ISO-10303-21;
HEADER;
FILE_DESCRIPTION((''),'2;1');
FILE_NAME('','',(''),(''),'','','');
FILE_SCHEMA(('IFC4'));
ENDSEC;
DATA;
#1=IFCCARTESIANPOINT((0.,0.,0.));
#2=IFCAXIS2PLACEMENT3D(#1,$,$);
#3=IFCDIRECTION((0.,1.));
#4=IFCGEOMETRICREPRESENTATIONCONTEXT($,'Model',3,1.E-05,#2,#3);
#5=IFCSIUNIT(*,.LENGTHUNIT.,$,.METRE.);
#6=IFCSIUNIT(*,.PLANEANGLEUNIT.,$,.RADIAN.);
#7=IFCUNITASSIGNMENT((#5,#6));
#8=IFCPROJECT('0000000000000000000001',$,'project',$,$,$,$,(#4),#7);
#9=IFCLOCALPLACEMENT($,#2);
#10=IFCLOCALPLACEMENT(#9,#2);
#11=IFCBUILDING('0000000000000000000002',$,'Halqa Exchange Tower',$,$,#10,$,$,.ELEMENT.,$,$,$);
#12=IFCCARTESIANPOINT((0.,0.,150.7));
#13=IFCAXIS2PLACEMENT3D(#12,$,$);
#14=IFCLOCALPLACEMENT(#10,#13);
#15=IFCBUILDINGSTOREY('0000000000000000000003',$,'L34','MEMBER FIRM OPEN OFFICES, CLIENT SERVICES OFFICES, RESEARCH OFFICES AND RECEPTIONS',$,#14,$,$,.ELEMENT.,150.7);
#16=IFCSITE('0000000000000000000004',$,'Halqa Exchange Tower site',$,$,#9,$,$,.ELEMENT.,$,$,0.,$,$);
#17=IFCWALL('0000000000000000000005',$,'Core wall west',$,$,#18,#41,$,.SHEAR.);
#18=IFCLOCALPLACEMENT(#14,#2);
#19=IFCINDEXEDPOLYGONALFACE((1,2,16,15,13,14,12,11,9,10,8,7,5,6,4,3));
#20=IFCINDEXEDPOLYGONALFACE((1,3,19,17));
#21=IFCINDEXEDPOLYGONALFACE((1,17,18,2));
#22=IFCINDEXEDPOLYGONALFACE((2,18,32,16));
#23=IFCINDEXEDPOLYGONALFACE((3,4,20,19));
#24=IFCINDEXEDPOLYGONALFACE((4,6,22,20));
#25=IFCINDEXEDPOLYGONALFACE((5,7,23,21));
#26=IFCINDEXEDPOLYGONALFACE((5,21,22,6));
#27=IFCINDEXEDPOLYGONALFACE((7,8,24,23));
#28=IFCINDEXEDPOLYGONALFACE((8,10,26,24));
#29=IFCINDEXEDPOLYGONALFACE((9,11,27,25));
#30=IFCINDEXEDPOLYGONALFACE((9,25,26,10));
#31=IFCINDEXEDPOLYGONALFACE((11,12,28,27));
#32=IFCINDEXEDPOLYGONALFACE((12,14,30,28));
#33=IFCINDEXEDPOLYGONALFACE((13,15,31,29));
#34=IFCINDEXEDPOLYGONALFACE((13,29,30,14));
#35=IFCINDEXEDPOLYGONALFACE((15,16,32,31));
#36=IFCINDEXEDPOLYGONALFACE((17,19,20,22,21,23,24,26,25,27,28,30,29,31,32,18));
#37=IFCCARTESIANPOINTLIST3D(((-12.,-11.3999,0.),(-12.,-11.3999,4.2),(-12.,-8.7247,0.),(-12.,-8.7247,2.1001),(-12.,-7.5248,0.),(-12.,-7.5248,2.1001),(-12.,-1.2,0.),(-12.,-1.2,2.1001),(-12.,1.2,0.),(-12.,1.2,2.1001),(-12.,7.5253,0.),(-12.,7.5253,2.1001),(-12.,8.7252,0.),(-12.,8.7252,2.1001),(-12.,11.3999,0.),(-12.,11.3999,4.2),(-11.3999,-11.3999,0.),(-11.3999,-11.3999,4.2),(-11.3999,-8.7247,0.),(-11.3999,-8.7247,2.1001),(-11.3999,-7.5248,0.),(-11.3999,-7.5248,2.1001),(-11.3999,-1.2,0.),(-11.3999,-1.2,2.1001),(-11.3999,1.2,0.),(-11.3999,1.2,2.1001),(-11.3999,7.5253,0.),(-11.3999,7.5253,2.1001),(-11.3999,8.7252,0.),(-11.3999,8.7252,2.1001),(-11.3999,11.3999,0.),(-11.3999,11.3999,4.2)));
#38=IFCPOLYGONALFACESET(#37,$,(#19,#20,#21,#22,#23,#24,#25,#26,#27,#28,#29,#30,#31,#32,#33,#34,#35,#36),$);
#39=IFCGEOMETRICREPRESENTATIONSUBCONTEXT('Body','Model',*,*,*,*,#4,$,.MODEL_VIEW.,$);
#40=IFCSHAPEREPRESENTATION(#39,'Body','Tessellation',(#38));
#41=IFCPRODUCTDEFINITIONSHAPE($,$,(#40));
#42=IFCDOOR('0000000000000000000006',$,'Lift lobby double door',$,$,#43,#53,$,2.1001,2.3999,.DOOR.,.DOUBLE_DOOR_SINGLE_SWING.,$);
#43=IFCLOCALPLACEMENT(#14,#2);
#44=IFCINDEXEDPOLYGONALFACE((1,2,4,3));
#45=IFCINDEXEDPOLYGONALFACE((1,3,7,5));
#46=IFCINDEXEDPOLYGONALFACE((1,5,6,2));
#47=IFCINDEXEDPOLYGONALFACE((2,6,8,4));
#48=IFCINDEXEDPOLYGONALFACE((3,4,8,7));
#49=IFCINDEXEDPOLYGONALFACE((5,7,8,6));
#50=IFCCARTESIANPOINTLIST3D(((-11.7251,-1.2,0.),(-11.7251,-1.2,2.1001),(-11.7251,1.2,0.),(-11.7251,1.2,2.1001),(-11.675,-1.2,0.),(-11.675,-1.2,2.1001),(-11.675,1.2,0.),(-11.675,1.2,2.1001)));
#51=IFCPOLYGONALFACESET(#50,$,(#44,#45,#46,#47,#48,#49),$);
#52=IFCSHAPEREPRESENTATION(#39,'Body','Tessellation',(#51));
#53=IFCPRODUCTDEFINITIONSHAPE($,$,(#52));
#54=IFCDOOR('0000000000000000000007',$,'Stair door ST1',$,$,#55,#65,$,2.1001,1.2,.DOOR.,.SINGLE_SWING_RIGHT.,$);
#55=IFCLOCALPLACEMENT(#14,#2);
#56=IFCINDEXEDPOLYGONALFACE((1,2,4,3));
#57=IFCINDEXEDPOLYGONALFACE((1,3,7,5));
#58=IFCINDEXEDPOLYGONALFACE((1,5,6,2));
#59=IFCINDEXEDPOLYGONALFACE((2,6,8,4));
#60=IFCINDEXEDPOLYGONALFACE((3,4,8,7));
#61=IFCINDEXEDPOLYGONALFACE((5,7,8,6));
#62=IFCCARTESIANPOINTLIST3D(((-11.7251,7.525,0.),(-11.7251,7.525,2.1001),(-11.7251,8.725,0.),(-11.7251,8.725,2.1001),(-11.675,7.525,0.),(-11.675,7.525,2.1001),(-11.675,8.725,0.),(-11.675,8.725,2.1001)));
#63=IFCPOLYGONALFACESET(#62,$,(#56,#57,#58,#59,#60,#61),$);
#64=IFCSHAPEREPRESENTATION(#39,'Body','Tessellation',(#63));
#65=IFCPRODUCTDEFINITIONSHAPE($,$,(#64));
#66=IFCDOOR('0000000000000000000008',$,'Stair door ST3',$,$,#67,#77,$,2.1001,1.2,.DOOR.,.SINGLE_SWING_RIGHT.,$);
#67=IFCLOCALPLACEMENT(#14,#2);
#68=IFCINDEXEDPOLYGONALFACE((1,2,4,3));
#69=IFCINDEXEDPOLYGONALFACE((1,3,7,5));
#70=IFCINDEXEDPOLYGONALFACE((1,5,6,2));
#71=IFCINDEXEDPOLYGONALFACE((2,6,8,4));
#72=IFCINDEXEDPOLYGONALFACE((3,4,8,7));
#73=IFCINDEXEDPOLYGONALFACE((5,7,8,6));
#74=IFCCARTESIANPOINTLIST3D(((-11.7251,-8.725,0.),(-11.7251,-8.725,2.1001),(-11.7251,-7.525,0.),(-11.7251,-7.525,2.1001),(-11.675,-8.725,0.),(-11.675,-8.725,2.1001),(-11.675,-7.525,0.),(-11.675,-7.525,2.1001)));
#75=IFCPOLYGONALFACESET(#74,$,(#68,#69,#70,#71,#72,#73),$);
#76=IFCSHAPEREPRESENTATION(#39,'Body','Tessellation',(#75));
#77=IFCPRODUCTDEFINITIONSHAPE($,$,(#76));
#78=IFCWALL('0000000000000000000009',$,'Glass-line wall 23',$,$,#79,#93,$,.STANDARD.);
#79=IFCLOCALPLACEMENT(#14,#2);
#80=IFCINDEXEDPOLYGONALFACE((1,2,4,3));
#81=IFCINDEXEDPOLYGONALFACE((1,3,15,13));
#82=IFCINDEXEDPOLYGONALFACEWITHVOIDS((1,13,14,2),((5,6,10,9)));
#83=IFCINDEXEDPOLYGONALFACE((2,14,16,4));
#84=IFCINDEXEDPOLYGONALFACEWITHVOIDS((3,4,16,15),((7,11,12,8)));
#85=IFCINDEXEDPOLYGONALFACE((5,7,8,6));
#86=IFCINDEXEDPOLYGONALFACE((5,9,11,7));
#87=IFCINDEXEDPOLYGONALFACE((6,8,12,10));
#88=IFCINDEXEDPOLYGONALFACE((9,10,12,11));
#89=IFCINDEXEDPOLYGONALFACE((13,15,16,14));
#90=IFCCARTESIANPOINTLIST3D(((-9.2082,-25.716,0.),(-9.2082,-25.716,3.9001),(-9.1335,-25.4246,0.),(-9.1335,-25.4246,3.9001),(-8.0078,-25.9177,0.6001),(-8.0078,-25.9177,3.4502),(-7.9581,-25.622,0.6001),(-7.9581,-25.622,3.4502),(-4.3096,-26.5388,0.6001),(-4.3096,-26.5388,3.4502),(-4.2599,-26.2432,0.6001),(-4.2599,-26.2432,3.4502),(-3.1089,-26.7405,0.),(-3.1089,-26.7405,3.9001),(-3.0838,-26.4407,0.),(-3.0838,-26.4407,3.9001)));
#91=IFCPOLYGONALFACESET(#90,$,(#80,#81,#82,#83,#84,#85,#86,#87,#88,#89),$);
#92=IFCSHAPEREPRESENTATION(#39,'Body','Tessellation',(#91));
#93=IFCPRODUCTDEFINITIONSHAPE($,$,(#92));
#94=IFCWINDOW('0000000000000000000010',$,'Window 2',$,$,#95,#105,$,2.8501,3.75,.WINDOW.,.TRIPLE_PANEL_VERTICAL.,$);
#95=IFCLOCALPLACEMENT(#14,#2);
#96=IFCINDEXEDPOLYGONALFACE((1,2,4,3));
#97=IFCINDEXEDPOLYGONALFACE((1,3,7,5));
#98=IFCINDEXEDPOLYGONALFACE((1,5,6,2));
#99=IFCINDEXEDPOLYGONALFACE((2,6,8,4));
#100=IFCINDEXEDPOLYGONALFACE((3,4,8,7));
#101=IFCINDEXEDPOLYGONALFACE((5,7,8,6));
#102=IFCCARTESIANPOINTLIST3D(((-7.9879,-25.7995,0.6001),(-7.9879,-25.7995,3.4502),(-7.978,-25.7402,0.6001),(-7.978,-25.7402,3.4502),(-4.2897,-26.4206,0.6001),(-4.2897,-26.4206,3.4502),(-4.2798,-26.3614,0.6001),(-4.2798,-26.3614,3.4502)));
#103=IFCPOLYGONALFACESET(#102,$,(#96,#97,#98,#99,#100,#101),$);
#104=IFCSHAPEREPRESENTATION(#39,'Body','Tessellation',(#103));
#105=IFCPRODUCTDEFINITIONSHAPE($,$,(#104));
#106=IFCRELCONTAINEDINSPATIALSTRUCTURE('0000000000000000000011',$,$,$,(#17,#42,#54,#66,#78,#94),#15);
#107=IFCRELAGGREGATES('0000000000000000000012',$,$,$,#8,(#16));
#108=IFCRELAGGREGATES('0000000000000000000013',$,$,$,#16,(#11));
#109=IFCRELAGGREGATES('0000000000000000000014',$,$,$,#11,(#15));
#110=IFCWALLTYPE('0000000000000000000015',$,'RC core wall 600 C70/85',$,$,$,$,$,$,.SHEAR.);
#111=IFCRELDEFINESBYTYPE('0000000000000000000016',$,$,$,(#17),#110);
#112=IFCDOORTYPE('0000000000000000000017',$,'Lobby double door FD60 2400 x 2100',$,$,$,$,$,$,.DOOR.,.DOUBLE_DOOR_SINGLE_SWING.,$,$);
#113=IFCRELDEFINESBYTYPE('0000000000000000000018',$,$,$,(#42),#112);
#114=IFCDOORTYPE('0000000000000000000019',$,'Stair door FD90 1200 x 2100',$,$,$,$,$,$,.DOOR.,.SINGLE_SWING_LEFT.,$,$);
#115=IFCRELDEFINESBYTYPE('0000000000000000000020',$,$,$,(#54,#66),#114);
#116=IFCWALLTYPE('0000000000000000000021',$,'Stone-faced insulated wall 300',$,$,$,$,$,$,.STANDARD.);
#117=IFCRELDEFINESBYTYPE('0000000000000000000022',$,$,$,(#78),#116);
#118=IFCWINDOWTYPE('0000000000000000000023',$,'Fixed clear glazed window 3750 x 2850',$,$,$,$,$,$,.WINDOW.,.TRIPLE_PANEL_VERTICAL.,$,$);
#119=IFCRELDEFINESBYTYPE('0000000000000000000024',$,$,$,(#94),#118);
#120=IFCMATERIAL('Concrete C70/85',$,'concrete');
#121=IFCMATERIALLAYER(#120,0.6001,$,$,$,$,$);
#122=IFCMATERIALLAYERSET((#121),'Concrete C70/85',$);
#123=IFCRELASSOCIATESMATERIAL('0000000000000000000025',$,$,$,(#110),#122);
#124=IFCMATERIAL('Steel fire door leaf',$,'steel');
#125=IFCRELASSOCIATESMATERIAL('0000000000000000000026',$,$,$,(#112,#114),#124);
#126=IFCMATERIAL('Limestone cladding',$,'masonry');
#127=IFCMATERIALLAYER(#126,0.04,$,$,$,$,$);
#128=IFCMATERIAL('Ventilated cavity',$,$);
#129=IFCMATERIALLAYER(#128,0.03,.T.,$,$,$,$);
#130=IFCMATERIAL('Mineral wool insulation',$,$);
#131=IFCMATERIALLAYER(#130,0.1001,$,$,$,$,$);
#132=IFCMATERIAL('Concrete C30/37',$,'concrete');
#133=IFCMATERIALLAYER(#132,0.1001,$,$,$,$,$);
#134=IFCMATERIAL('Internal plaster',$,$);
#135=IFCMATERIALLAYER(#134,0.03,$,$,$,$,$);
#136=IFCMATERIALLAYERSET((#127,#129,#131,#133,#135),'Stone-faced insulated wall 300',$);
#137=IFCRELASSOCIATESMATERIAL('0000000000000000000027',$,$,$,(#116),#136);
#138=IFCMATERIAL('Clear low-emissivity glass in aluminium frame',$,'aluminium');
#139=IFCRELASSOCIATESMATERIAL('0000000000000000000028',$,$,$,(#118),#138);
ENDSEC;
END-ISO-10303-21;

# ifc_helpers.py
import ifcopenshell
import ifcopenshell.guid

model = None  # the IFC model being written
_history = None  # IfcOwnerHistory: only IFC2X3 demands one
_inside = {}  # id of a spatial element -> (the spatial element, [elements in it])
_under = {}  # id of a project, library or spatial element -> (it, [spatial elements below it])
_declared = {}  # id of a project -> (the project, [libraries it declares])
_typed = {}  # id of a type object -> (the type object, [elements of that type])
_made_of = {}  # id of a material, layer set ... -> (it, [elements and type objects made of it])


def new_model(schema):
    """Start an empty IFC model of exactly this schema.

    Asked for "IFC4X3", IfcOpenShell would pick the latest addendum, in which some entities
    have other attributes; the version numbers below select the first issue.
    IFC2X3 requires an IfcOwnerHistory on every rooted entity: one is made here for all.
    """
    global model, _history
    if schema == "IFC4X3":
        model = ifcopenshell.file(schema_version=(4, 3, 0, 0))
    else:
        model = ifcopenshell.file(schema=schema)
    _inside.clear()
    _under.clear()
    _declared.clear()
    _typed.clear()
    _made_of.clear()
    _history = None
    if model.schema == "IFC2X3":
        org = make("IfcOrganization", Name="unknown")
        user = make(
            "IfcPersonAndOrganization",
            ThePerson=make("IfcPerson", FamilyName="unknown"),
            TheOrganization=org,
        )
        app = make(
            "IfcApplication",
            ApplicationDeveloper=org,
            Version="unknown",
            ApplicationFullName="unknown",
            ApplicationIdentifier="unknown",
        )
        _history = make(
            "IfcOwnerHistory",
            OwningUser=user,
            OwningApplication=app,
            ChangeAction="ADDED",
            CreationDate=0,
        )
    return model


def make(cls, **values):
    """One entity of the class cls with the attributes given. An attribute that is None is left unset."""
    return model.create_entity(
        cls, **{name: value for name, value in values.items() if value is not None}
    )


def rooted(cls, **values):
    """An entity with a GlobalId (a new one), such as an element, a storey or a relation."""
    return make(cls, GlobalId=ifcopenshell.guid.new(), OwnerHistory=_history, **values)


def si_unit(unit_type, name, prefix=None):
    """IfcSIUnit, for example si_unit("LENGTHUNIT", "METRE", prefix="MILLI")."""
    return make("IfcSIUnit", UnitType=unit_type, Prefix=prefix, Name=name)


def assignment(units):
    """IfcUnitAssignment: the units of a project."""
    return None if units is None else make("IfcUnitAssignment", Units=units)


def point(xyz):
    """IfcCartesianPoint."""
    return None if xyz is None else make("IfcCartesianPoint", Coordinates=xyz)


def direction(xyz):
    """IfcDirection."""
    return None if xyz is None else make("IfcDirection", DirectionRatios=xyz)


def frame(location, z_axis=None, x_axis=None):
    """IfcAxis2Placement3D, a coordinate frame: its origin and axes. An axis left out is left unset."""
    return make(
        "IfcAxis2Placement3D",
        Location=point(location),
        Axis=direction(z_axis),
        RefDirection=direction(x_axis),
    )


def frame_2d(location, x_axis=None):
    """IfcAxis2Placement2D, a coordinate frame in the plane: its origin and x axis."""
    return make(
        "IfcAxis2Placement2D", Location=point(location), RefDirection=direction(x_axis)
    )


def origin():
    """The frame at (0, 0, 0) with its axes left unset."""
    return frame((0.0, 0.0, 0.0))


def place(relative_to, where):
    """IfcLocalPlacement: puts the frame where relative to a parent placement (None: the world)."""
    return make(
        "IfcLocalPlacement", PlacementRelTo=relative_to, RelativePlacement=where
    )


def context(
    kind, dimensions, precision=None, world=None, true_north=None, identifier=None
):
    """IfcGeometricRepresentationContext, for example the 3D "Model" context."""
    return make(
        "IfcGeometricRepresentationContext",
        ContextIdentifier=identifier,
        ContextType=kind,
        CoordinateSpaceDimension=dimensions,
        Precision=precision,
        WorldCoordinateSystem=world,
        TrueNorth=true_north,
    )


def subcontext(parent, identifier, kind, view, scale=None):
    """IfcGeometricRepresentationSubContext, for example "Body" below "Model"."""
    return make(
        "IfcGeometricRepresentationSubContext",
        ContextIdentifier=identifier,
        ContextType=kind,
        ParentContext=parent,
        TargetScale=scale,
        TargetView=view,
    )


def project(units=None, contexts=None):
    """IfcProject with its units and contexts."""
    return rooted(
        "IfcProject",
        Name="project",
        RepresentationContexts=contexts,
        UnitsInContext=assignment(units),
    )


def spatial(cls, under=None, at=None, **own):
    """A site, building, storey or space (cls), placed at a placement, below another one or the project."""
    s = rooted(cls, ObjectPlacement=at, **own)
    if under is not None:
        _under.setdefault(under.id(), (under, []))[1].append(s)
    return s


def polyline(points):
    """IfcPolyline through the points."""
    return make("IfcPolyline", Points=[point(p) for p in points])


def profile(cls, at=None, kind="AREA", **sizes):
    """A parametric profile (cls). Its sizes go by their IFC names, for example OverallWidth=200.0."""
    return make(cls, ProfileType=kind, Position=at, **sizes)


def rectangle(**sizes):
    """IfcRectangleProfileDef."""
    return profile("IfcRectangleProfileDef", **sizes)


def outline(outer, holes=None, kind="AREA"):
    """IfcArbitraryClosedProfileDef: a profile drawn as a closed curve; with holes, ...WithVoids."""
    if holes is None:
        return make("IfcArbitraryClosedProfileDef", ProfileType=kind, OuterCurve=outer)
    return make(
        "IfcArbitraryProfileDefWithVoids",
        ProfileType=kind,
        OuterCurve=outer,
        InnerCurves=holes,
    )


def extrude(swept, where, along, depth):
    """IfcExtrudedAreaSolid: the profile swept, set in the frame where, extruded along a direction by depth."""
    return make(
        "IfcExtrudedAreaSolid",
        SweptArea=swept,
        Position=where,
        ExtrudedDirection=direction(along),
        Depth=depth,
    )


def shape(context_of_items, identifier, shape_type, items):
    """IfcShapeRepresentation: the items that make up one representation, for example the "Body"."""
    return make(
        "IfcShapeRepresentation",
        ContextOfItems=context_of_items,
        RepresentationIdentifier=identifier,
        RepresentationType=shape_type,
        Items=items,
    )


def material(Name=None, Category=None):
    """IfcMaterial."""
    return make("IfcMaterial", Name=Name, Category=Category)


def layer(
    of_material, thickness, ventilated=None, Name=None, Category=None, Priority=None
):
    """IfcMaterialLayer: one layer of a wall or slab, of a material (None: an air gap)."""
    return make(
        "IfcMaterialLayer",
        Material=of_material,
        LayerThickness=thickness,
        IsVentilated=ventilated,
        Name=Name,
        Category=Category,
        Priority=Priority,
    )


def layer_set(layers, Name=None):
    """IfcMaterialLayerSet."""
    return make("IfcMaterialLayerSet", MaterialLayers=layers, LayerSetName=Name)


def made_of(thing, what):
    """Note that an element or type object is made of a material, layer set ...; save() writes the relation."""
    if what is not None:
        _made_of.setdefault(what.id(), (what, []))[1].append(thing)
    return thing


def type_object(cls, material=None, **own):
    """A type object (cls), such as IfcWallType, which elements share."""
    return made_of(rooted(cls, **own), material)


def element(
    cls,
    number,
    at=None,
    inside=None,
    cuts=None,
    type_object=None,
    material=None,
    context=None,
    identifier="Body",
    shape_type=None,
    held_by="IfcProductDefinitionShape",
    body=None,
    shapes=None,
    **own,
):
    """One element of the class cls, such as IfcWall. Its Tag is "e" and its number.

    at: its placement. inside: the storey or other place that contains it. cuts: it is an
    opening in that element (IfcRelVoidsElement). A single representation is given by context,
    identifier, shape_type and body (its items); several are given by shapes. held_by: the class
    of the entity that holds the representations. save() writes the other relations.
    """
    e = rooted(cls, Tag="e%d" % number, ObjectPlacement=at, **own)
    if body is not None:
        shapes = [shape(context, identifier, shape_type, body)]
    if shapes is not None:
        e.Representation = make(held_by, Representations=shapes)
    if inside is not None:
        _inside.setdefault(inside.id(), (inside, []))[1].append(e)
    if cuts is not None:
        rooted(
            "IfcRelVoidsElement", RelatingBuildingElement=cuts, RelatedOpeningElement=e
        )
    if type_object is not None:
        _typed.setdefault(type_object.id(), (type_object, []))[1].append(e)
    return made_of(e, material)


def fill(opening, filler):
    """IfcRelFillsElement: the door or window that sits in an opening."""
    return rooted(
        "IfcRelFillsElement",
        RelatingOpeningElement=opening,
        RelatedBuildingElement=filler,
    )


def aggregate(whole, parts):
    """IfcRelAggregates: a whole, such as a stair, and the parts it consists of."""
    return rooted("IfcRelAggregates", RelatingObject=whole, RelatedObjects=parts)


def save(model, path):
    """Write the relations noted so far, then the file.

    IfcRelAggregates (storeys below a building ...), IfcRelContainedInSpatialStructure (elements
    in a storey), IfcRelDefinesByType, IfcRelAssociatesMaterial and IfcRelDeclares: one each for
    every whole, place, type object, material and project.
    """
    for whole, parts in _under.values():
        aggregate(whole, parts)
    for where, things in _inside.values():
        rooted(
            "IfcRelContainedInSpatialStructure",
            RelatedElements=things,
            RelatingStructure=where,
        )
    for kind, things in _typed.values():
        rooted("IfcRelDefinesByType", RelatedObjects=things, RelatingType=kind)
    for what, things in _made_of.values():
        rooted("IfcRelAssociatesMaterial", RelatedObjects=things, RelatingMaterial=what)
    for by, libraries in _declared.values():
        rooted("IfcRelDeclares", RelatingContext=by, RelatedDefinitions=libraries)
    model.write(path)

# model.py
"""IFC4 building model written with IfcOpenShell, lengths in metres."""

from ifc_helpers import new_model, si_unit, direction, frame, frame_2d, origin, place, context, subcontext, project, spatial, polyline, rectangle, outline, extrude, material, layer, layer_set, type_object, element, fill, save


model = new_model("IFC4")

# Units and contexts
model_context = context("Model", 3, precision=1e-05, world=origin(), true_north=direction((0.0, 1.0)))
body_context = subcontext(model_context, "Body", "Model", "MODEL_VIEW")
ifc_project = project(units=[si_unit("LENGTHUNIT", "METRE"), si_unit("PLANEANGLEUNIT", "RADIAN")], contexts=[model_context])

# Site, building, storey
site_placement = place(None, origin())
site = spatial("IfcSite", under=ifc_project, at=site_placement, Name="Halqa Exchange Tower site", CompositionType="ELEMENT", RefElevation=0.0)
building_placement = place(site_placement, origin())
building = spatial("IfcBuilding", under=site, at=building_placement, Name="Halqa Exchange Tower", CompositionType="ELEMENT")
storey_placement = place(building_placement, frame((0.0, 0.0, 150.7)))
storey = spatial("IfcBuildingStorey", under=building, at=storey_placement, Name="L34", Description="MEMBER FIRM OPEN OFFICES, CLIENT SERVICES OFFICES, RESEARCH OFFICES AND RECEPTIONS", CompositionType="ELEMENT", Elevation=150.7)

# Shared definitions
ifc_material_1 = material(Name="Concrete C70/85", Category="concrete")

# Wall, openings, doors
ifc_layer_1 = layer(ifc_material_1, 0.6001)
ifc_layer_set_1 = layer_set([ifc_layer_1], Name="Concrete C70/85")
wall_type_1 = type_object("IfcWallType", Name="RC core wall 600 C70/85", PredefinedType="SHEAR", material=ifc_layer_set_1)
wall_1_placement = place(storey_placement, frame((-11.7, -11.3999, 0.0), z_axis=(0.0, 0.0, 1.0), x_axis=(0.0, 1.0, 0.0)))
wall_1 = element("IfcWall", 1, at=wall_1_placement, inside=storey, type_object=wall_type_1, Name="Core wall west", PredefinedType="SHEAR", context=body_context, shape_type="SweptSolid", body=[
    extrude(rectangle(XDim=22.7998, YDim=0.6001, at=frame_2d((11.3999, 0.0))), origin(), (0.0, 0.0, 1.0), 4.2),
])
opening_1_placement = place(wall_1_placement, frame((10.2, 0.0, 0.0)))
opening_1 = element("IfcOpeningElement", 2, at=opening_1_placement, cuts=wall_1, PredefinedType="OPENING", context=body_context, shape_type="SweptSolid", body=[
    extrude(rectangle(XDim=2.3999, YDim=2.1001, at=frame_2d((1.2, 1.05))), frame((0.0, 0.312, 0.0), z_axis=(0.0, -1.0, 0.0), x_axis=(1.0, 0.0, 0.0)), (0.0, 0.0, 1.0), 0.624),
])
opening_2_placement = place(wall_1_placement, frame((18.925, 0.0, 0.0)))
opening_2 = element("IfcOpeningElement", 3, at=opening_2_placement, cuts=wall_1, PredefinedType="OPENING", context=body_context, shape_type="SweptSolid", body=[
    extrude(rectangle(XDim=1.2, YDim=2.1001, at=frame_2d((0.6001, 1.05))), frame((0.0, 0.312, 0.0), z_axis=(0.0, -1.0, 0.0), x_axis=(1.0, 0.0, 0.0)), (0.0, 0.0, 1.0), 0.624),
])
opening_3_placement = place(wall_1_placement, frame((2.675, 0.0, 0.0)))
opening_3 = element("IfcOpeningElement", 4, at=opening_3_placement, cuts=wall_1, PredefinedType="OPENING", context=body_context, shape_type="SweptSolid", body=[
    extrude(rectangle(XDim=1.2, YDim=2.1001, at=frame_2d((0.6001, 1.05))), frame((0.0, 0.312, 0.0), z_axis=(0.0, -1.0, 0.0), x_axis=(1.0, 0.0, 0.0)), (0.0, 0.0, 1.0), 0.624),
])
ifc_material_2 = material(Name="Steel fire door leaf", Category="steel")
door_type_1 = type_object("IfcDoorType", Name="Lobby double door FD60 2400 x 2100", OperationType="DOUBLE_DOOR_SINGLE_SWING", PredefinedType="DOOR", material=ifc_material_2)
door_1_placement = place(opening_1_placement, frame((2.3999, 0.0, 0.0), z_axis=(0.0, 0.0, 1.0), x_axis=(-1.0, 0.0, 0.0)))
door_1 = element("IfcDoor", 5, at=door_1_placement, inside=storey, type_object=door_type_1, Name="Lift lobby double door", OperationType="DOUBLE_DOOR_SINGLE_SWING", OverallHeight=2.1001, OverallWidth=2.3999, PredefinedType="DOOR", context=body_context, shape_type="SweptSolid", body=[
    extrude(rectangle(XDim=2.3999, YDim=2.1001, at=frame_2d((1.2, 1.05))), frame((0.0, 0.0249, 0.0), z_axis=(0.0, -1.0, 0.0), x_axis=(1.0, 0.0, 0.0)), (0.0, 0.0, 1.0), 0.05),
])
fill(opening_1, door_1)
door_type_2 = type_object("IfcDoorType", Name="Stair door FD90 1200 x 2100", OperationType="SINGLE_SWING_LEFT", PredefinedType="DOOR", material=ifc_material_2)
door_2_placement = place(opening_2_placement, frame((1.2, 0.0, 0.0), z_axis=(0.0, 0.0, 1.0), x_axis=(-1.0, 0.0, 0.0)))
door_2 = element("IfcDoor", 6, at=door_2_placement, inside=storey, type_object=door_type_2, Name="Stair door ST1", OperationType="SINGLE_SWING_RIGHT", OverallHeight=2.1001, OverallWidth=1.2, PredefinedType="DOOR", context=body_context, shape_type="SweptSolid", body=[
    extrude(rectangle(XDim=1.2, YDim=2.1001, at=frame_2d((0.6001, 1.05))), frame((0.0, 0.0249, 0.0), z_axis=(0.0, -1.0, 0.0), x_axis=(1.0, 0.0, 0.0)), (0.0, 0.0, 1.0), 0.05),
])
fill(opening_2, door_2)
door_3_placement = place(opening_3_placement, frame((1.2, 0.0, 0.0), z_axis=(0.0, 0.0, 1.0), x_axis=(-1.0, 0.0, 0.0)))
door_3 = element("IfcDoor", 7, at=door_3_placement, inside=storey, type_object=door_type_2, Name="Stair door ST3", OperationType="SINGLE_SWING_RIGHT", OverallHeight=2.1001, OverallWidth=1.2, PredefinedType="DOOR", context=body_context, shape_type="SweptSolid", body=[
    extrude(rectangle(XDim=1.2, YDim=2.1001, at=frame_2d((0.6001, 1.05))), frame((0.0, 0.0249, 0.0), z_axis=(0.0, -1.0, 0.0), x_axis=(1.0, 0.0, 0.0)), (0.0, 0.0, 1.0), 0.05),
])
fill(opening_3, door_3)

# Wall, opening, window
ifc_material_3 = material(Name="Limestone cladding", Category="masonry")
ifc_layer_2 = layer(ifc_material_3, 0.04)
ifc_material_4 = material(Name="Ventilated cavity")
ifc_layer_3 = layer(ifc_material_4, 0.03, ventilated=True)
ifc_material_5 = material(Name="Mineral wool insulation")
ifc_layer_4 = layer(ifc_material_5, 0.1001)
ifc_material_6 = material(Name="Concrete C30/37", Category="concrete")
ifc_layer_5 = layer(ifc_material_6, 0.1001)
ifc_material_7 = material(Name="Internal plaster")
ifc_layer_6 = layer(ifc_material_7, 0.03)
ifc_layer_set_2 = layer_set([ifc_layer_2, ifc_layer_3, ifc_layer_4, ifc_layer_5, ifc_layer_6], Name="Stone-faced insulated wall 300")
wall_type_2 = type_object("IfcWallType", Name="Stone-faced insulated wall 300", PredefinedType="STANDARD", material=ifc_layer_set_2)
wall_2_placement = place(storey_placement, frame((-9.1709, -25.5703, 0.0), z_axis=(0.0, 0.0, 1.0), x_axis=(0.986186, -0.165639, 0.0)))
wall_2 = element("IfcWall", 8, at=wall_2_placement, inside=storey, type_object=wall_type_2, Name="Glass-line wall 23", PredefinedType="STANDARD", context=body_context, shape_type="SweptSolid", body=[
    extrude(outline(polyline([(-0.0127, -0.1499), (6.1721, -0.1499), (6.1472, 0.1499), (0.0127, 0.1499), (-0.0127, -0.1499)])), origin(), (0.0, 0.0, 1.0), 3.9001),
])
opening_4_placement = place(wall_2_placement, frame((1.2046, 0.0, 0.6001)))
opening_4 = element("IfcOpeningElement", 9, at=opening_4_placement, cuts=wall_2, PredefinedType="OPENING", context=body_context, shape_type="SweptSolid", body=[
    extrude(rectangle(XDim=3.75, YDim=2.8501, at=frame_2d((1.875, 1.425))), frame((0.0, 0.1621, 0.0), z_axis=(0.0, -1.0, 0.0), x_axis=(1.0, 0.0, 0.0)), (0.0, 0.0, 1.0), 0.324),
])
ifc_material_8 = material(Name="Clear low-emissivity glass in aluminium frame", Category="aluminium")
window_type = type_object("IfcWindowType", Name="Fixed clear glazed window 3750 x 2850", PartitioningType="TRIPLE_PANEL_VERTICAL", PredefinedType="WINDOW", material=ifc_material_8)
window_placement = place(opening_4_placement, origin())
window = element("IfcWindow", 10, at=window_placement, inside=storey, type_object=window_type, Name="Window 2", OverallHeight=2.8501, OverallWidth=3.75, PartitioningType="TRIPLE_PANEL_VERTICAL", PredefinedType="WINDOW", context=body_context, shape_type="SweptSolid", body=[
    extrude(rectangle(XDim=3.75, YDim=2.8501, at=frame_2d((1.875, 1.425))), frame((0.0, 0.03, 0.0), z_axis=(0.0, -1.0, 0.0), x_axis=(1.0, 0.0, 0.0)), (0.0, 0.0, 1.0), 0.0601),
])
fill(opening_4, window)

save(model, "model.ifc")
